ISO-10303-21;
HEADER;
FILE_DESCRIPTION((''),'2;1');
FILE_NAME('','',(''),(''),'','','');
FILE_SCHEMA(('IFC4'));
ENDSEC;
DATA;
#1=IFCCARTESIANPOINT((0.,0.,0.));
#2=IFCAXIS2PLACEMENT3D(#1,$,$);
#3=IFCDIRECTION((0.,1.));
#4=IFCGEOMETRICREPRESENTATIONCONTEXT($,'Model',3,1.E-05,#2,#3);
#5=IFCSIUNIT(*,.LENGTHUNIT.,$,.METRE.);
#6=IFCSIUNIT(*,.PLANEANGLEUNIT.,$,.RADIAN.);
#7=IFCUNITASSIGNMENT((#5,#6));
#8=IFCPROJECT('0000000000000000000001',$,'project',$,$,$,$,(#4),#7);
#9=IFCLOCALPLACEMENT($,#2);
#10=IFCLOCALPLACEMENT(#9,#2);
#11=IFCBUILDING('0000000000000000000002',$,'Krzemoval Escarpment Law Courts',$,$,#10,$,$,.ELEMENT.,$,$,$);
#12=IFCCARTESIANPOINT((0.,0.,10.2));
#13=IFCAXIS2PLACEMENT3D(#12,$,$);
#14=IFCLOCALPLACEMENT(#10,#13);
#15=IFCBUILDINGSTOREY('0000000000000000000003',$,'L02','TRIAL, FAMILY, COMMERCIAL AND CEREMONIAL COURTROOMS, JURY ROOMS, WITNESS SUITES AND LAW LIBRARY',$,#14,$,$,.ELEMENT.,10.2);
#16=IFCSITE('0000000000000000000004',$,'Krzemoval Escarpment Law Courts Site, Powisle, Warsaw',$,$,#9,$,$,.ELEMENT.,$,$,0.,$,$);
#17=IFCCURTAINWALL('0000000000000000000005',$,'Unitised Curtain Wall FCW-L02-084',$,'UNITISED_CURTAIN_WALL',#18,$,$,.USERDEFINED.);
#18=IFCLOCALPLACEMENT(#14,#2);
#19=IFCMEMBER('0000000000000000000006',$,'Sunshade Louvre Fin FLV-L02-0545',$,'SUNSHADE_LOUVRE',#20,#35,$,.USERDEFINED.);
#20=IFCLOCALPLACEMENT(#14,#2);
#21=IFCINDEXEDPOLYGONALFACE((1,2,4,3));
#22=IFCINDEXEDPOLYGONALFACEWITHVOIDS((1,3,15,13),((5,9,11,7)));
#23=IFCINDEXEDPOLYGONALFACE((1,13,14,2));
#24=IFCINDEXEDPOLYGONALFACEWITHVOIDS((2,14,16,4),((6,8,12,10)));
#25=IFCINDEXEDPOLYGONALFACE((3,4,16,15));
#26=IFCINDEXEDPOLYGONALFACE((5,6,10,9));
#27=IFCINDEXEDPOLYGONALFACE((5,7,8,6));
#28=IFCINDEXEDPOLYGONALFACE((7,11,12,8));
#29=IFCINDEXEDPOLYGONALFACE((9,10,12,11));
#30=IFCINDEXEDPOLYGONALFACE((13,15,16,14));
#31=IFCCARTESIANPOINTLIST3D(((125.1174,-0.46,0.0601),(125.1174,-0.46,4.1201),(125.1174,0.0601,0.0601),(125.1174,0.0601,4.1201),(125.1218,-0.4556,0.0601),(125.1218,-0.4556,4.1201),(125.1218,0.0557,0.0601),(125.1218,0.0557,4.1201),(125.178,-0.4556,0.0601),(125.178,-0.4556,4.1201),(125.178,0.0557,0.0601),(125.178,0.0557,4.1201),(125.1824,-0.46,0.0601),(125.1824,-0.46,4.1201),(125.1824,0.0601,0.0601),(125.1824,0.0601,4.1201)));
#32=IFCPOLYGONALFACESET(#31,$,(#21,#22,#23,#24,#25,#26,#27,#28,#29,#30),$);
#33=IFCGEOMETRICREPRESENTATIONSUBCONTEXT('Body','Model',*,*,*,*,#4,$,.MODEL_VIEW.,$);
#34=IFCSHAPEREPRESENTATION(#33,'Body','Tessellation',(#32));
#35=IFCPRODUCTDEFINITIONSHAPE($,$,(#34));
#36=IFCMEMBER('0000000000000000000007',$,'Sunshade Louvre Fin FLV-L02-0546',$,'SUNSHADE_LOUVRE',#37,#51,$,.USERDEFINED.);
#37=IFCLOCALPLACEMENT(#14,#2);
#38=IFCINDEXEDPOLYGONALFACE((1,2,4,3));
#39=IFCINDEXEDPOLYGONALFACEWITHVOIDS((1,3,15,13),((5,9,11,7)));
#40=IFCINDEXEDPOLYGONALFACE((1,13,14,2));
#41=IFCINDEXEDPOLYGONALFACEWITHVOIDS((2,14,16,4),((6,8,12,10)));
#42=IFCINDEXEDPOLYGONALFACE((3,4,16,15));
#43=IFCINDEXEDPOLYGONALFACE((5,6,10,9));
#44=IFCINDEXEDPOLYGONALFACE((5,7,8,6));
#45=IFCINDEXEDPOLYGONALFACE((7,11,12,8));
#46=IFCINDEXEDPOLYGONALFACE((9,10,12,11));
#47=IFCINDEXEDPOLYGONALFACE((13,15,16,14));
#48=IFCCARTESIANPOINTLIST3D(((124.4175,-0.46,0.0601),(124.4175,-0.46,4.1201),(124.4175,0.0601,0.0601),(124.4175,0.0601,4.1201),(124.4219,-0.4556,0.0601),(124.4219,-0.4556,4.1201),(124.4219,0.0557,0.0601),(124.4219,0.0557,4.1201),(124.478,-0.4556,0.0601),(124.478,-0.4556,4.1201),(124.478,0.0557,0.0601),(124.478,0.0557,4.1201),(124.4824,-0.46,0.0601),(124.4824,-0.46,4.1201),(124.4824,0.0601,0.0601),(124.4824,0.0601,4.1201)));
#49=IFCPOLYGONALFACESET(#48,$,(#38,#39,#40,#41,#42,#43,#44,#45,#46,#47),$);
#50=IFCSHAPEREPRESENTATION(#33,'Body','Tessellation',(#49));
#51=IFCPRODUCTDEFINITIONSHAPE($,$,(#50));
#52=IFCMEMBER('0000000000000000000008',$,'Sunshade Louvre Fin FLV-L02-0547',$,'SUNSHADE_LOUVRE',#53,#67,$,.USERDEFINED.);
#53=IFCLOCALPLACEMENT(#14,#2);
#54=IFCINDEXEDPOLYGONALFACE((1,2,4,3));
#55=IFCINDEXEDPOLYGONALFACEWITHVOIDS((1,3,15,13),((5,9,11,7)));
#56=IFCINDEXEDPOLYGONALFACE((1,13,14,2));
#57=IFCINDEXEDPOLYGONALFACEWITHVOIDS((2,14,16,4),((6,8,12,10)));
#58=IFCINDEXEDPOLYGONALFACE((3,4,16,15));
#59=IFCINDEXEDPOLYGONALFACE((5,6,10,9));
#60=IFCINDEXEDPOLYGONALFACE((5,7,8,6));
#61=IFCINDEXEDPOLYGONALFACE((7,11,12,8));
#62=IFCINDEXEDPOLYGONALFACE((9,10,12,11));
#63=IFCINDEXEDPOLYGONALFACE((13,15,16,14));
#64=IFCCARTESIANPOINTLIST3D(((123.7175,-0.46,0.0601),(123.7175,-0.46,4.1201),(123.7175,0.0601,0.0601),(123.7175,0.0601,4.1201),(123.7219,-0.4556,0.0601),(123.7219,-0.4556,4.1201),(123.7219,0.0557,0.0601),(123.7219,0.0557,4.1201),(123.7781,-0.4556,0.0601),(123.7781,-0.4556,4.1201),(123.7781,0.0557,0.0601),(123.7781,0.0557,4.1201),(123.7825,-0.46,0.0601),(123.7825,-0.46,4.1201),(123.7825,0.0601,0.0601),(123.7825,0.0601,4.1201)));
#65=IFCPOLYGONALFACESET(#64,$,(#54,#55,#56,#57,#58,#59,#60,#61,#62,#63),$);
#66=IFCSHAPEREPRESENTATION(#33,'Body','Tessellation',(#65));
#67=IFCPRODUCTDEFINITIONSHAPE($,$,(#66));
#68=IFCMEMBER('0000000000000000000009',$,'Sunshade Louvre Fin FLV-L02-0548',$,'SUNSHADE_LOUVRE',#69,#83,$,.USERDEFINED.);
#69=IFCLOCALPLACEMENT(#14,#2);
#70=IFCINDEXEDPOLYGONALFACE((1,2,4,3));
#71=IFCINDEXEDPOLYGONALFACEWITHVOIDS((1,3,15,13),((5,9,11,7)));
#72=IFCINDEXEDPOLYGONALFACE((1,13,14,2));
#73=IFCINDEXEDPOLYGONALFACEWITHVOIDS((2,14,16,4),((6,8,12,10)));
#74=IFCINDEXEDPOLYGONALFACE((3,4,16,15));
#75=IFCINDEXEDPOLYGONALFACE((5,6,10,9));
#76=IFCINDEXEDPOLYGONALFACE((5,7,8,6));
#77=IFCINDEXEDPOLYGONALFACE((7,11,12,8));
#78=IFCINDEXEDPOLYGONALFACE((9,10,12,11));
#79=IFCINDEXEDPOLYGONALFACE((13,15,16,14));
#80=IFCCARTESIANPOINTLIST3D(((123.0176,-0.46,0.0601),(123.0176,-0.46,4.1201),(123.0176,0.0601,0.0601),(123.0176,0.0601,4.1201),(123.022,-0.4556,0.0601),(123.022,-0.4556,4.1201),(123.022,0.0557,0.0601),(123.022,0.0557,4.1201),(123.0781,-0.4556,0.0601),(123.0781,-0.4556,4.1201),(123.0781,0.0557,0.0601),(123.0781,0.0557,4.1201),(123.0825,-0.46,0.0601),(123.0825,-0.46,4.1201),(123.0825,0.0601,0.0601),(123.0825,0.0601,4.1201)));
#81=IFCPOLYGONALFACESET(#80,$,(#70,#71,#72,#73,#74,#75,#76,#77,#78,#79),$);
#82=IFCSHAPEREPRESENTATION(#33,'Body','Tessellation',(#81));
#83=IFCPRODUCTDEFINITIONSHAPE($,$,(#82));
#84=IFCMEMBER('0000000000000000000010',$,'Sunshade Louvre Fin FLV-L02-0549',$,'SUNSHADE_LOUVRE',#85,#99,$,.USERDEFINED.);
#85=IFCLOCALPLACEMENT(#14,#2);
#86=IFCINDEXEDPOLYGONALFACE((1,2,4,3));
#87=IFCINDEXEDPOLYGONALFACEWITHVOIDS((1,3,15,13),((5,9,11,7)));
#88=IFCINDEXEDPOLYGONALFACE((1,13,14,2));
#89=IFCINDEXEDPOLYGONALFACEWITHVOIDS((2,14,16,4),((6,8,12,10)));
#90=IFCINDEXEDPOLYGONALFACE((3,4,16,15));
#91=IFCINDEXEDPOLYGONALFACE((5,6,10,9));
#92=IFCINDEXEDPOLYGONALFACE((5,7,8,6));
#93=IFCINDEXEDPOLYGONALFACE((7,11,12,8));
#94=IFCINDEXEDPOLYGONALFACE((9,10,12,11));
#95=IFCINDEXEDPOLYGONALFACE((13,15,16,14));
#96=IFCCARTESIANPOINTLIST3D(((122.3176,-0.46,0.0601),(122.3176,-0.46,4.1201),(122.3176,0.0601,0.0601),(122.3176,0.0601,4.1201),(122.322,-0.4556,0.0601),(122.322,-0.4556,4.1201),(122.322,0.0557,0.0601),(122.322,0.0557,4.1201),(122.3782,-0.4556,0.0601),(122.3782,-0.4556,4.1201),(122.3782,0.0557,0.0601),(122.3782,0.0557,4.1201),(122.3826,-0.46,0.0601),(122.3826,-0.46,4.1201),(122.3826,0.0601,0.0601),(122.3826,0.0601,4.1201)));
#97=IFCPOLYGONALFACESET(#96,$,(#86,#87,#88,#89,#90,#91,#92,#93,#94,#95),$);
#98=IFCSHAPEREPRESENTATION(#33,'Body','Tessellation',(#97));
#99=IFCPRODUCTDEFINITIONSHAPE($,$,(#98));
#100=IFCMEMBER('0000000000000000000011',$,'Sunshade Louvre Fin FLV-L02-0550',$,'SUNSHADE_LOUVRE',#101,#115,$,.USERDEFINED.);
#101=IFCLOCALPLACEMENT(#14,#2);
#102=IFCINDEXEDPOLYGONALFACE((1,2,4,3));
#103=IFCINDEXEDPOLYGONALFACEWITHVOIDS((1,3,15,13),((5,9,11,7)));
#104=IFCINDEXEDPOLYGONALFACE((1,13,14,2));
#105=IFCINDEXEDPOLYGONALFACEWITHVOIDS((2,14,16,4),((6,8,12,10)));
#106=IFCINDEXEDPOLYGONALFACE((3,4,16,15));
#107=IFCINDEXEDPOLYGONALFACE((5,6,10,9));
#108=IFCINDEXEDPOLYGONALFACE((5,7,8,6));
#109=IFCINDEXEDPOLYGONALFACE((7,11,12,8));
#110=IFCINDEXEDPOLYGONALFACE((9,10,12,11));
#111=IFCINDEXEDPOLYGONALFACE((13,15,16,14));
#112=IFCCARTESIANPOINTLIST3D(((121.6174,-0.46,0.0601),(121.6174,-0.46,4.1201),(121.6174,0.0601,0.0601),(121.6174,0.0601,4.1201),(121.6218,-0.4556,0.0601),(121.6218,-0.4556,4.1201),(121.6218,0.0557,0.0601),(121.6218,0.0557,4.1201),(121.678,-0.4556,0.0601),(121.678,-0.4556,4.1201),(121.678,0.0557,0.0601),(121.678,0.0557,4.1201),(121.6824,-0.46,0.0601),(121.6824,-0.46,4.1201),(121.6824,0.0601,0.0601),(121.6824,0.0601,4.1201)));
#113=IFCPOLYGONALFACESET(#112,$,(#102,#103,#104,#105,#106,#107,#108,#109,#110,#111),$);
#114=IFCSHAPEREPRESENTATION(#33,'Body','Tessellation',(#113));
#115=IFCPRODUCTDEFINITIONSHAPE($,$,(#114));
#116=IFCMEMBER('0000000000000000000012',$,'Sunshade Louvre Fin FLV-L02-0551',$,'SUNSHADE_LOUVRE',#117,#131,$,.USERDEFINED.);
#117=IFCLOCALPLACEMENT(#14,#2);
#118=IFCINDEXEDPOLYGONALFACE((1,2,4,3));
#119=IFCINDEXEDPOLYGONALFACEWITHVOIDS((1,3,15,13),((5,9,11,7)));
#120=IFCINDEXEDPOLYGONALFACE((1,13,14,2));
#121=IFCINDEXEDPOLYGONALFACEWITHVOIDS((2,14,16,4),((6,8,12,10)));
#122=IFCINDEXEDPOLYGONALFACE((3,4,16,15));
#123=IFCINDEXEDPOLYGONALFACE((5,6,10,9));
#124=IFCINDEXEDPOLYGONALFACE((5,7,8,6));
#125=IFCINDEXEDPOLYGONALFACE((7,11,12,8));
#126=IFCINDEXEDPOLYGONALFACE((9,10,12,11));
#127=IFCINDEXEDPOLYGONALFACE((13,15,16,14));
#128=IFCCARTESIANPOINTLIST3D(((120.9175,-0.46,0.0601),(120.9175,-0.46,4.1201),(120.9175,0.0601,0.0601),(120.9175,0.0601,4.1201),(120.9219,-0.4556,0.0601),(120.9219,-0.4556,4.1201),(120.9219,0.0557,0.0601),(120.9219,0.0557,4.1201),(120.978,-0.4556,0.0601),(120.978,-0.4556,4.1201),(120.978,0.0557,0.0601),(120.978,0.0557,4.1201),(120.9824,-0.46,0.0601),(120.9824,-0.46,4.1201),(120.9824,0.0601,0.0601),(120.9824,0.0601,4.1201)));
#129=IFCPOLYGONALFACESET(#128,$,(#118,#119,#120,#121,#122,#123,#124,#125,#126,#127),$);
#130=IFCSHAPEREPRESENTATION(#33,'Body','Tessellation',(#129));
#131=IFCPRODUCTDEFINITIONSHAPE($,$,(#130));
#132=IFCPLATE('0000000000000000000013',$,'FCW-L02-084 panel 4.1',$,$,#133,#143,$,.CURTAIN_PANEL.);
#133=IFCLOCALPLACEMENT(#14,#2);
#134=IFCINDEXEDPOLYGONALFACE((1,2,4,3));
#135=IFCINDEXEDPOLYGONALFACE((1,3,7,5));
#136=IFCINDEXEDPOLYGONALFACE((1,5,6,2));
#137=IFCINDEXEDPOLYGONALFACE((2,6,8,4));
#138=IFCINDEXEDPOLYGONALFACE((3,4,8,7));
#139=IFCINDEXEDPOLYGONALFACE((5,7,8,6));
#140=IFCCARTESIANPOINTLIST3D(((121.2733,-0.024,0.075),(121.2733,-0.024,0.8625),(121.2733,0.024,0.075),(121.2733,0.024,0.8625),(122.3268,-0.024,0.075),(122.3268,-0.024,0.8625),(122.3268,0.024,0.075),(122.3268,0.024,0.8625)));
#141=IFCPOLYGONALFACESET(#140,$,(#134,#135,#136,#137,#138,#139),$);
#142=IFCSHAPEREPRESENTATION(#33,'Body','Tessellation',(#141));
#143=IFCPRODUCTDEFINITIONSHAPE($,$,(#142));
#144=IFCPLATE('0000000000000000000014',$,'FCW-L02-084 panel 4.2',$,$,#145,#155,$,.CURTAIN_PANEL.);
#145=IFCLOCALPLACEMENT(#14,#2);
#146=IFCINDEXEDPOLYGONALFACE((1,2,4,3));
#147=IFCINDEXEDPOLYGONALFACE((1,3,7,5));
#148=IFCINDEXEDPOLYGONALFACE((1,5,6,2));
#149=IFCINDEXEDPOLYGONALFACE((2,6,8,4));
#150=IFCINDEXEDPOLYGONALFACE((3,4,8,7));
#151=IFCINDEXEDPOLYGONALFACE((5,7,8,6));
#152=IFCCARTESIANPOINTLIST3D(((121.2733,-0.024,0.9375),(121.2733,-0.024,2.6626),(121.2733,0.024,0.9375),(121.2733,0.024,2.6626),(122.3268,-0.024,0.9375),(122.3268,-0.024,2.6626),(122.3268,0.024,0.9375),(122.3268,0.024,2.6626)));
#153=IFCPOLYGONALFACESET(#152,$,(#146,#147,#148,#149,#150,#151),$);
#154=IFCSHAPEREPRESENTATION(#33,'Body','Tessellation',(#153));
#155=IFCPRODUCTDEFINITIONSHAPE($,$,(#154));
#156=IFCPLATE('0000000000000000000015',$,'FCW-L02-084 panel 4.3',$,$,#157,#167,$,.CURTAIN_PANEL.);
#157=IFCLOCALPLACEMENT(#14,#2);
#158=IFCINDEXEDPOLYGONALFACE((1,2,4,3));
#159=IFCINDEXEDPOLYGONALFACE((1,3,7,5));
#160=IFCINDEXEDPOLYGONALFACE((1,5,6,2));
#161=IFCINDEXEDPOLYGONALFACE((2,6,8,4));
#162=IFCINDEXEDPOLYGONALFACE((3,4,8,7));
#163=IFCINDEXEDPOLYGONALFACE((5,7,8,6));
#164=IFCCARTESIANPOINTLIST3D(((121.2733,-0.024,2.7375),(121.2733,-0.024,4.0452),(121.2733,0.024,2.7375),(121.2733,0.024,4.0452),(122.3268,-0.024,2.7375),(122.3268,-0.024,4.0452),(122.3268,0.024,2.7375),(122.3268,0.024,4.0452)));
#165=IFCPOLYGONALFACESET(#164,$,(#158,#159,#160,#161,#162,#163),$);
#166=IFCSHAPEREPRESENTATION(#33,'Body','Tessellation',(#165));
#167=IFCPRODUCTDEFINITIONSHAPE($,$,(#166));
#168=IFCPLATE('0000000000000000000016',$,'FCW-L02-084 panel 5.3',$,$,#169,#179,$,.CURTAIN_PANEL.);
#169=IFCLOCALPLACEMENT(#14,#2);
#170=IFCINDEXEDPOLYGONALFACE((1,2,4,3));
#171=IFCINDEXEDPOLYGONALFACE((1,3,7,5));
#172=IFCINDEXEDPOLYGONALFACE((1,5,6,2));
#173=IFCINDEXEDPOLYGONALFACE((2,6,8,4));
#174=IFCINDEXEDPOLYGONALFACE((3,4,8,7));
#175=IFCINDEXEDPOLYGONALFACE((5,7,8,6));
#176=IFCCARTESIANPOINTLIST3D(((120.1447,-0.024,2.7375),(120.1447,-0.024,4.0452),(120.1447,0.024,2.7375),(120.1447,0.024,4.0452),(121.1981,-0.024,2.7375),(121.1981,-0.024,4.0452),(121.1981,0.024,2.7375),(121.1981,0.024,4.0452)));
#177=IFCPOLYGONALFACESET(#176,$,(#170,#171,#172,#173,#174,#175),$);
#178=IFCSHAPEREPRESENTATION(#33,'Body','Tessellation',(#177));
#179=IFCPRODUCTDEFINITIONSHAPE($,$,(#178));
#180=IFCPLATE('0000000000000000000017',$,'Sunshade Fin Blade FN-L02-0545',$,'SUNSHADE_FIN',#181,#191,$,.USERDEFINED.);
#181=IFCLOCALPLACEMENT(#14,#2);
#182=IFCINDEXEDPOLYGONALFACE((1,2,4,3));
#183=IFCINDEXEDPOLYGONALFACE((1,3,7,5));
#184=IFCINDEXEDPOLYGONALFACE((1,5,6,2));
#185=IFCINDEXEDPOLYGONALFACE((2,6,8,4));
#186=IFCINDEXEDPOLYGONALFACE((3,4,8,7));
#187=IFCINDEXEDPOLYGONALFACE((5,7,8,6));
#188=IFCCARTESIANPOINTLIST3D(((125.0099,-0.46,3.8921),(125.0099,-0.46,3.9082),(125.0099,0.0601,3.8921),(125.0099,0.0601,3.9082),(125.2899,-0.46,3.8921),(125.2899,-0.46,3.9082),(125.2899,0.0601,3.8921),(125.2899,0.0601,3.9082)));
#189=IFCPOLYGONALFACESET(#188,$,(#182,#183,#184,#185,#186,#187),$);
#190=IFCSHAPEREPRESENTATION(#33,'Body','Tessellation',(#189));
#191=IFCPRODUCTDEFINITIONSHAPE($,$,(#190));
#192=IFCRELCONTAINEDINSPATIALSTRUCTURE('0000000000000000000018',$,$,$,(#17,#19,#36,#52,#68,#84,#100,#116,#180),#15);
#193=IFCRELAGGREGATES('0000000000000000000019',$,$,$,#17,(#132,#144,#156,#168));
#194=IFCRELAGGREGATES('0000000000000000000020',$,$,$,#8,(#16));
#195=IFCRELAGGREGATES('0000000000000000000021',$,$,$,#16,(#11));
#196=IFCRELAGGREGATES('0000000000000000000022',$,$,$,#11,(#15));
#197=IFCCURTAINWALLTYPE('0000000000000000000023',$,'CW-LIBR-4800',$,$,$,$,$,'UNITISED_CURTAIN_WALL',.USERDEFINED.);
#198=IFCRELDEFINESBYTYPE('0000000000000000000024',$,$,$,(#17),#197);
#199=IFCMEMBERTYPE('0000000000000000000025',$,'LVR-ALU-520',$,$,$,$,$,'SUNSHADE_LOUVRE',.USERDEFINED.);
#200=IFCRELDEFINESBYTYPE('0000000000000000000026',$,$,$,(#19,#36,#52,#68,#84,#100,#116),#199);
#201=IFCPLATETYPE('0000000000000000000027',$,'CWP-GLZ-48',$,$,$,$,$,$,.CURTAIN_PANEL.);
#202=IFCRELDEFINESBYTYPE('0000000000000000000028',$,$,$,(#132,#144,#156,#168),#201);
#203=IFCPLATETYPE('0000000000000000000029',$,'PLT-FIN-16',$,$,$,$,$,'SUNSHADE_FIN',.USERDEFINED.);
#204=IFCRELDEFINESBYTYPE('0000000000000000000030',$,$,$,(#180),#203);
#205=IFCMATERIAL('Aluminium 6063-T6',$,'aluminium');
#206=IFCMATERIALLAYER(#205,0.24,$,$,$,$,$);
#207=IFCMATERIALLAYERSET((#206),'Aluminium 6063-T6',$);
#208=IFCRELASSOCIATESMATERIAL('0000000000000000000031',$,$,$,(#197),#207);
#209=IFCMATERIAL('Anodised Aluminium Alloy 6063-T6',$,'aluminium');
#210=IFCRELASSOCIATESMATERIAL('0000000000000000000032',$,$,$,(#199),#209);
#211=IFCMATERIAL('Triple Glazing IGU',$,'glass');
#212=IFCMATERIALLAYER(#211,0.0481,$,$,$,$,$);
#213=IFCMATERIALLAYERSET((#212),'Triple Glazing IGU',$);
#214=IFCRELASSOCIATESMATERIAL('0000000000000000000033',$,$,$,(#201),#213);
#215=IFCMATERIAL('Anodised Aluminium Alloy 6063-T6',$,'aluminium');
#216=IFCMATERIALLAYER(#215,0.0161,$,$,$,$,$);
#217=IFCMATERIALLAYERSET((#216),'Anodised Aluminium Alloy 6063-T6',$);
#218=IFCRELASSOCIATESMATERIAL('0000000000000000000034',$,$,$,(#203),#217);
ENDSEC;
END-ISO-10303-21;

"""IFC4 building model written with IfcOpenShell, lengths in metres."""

from ifc_helpers import new_model, si_unit, direction, frame, origin, origin_2d, place, context, subcontext, project, spatial, rectangle, hollow_rectangle, extrude, material, layer, layer_set, material_profile, profile_set, type_object, element, aggregate, save


model = new_model("IFC4")

# Units and contexts
model_context = context("Model", 3, precision=1e-05, world=origin(), true_north=direction((0.0, 1.0)))
body_context = subcontext(model_context, "Body", "Model", "MODEL_VIEW")
ifc_project = project(units=[si_unit("LENGTHUNIT", "METRE"), si_unit("PLANEANGLEUNIT", "RADIAN")], contexts=[model_context])

# Site, building, storey
site_placement = place(None, origin())
site = spatial("IfcSite", under=ifc_project, at=site_placement, Name="Krzemoval Escarpment Law Courts Site, Powisle, Warsaw", CompositionType="ELEMENT", RefElevation=0.0)
building_placement = place(site_placement, origin())
building = spatial("IfcBuilding", under=site, at=building_placement, Name="Krzemoval Escarpment Law Courts", CompositionType="ELEMENT")
storey_placement = place(building_placement, frame((0.0, 0.0, 10.2)))
storey = spatial("IfcBuildingStorey", under=building, at=storey_placement, Name="L02", Description="TRIAL, FAMILY, COMMERCIAL AND CEREMONIAL COURTROOMS, JURY ROOMS, WITNESS SUITES AND LAW LIBRARY", CompositionType="ELEMENT", Elevation=10.2)

# Curtain wall
ifc_material_1 = material(Name="Aluminium 6063-T6", Category="aluminium")
ifc_layer_1 = layer(ifc_material_1, 0.24)
ifc_layer_set_1 = layer_set([ifc_layer_1], Name="Aluminium 6063-T6")
curtain_wall_type = type_object("IfcCurtainWallType", Name="CW-LIBR-4800", ElementType="UNITISED_CURTAIN_WALL", PredefinedType="USERDEFINED", material=ifc_layer_set_1)
curtain_wall_placement = place(storey_placement, origin())
curtain_wall = element("IfcCurtainWall", 1, at=curtain_wall_placement, inside=storey, type_object=curtain_wall_type, Name="Unitised Curtain Wall FCW-L02-084", ObjectType="UNITISED_CURTAIN_WALL", PredefinedType="USERDEFINED")

# Members
ifc_material_2 = material(Name="Anodised Aluminium Alloy 6063-T6", Category="aluminium")
ifc_material_profile_1 = material_profile(ifc_material_2, hollow_rectangle(XDim=0.0649, YDim=0.52, WallThickness=0.0044, at=origin_2d()), Name="ALU LVR 65x520")
ifc_profile_set_1 = profile_set([ifc_material_profile_1], Name="Anodised Aluminium Alloy 6063-T6")
member_type_1 = type_object("IfcMemberType", Name="LVR-ALU-520", ElementType="SUNSHADE_LOUVRE", PredefinedType="USERDEFINED", material=ifc_profile_set_1)
for number, where, z_axis, x_axis, name in (
    (2, (125.1499, -0.2, 0.0601), (0.0, 0.0, 1.0), (1.0, 0.0, 0.0), "Sunshade Louvre Fin FLV-L02-0545"),
    (3, (124.45, -0.2, 0.0601), (0.0, 0.0, 1.0), (1.0, 0.0, 0.0), "Sunshade Louvre Fin FLV-L02-0546"),
    (4, (123.75, -0.2, 0.0601), (0.0, 0.0, 1.0), (1.0, 0.0, 0.0), "Sunshade Louvre Fin FLV-L02-0547"),
    (5, (123.05, -0.2, 0.0601), (0.0, 0.0, 1.0), (1.0, 0.0, 0.0), "Sunshade Louvre Fin FLV-L02-0548"),
    (6, (122.3501, -0.2, 0.0601), (0.0, 0.0, 1.0), (1.0, 0.0, 0.0), "Sunshade Louvre Fin FLV-L02-0549"),
    (7, (121.6499, -0.2, 0.0601), (0.0, 0.0, 1.0), (1.0, 0.0, 0.0), "Sunshade Louvre Fin FLV-L02-0550"),
    (8, (120.95, -0.2, 0.0601), (0.0, 0.0, 1.0), (1.0, 0.0, 0.0), "Sunshade Louvre Fin FLV-L02-0551"),
):
    element("IfcMember", number, at=place(storey_placement, frame(where, z_axis=z_axis, x_axis=x_axis)), inside=storey, type_object=member_type_1, Name=name, ObjectType="SUNSHADE_LOUVRE", PredefinedType="USERDEFINED", context=body_context, shape_type="SweptSolid", body=[
        extrude(hollow_rectangle(XDim=0.0649, YDim=0.52, WallThickness=0.0044, at=origin_2d()), origin(), (0.0, 0.0, 1.0), 4.0601),
    ])

# Plates
ifc_material_3 = material(Name="Triple Glazing IGU", Category="glass")
ifc_layer_2 = layer(ifc_material_3, 0.0481)
ifc_layer_set_2 = layer_set([ifc_layer_2], Name="Triple Glazing IGU")
plate_type_1 = type_object("IfcPlateType", Name="CWP-GLZ-48", PredefinedType="CURTAIN_PANEL", material=ifc_layer_set_2)
plate_1_placement = place(storey_placement, frame((121.8, 0.0, 0.075), z_axis=(0.0, 0.0, 1.0), x_axis=(-1.0, 0.0, 0.0)))
plate_1 = element("IfcPlate", 9, at=plate_1_placement, type_object=plate_type_1, Name="FCW-L02-084 panel 4.1", PredefinedType="CURTAIN_PANEL", context=body_context, shape_type="SweptSolid", body=[
    extrude(rectangle(XDim=1.0535, YDim=0.0481, at=origin_2d()), origin(), (0.0, 0.0, 1.0), 0.7876),
])
plate_2_placement = place(storey_placement, frame((121.8, 0.0, 0.9375), z_axis=(0.0, 0.0, 1.0), x_axis=(-1.0, 0.0, 0.0)))
plate_2 = element("IfcPlate", 10, at=plate_2_placement, type_object=plate_type_1, Name="FCW-L02-084 panel 4.2", PredefinedType="CURTAIN_PANEL", context=body_context, shape_type="SweptSolid", body=[
    extrude(rectangle(XDim=1.0535, YDim=0.0481, at=origin_2d()), origin(), (0.0, 0.0, 1.0), 1.7251),
])
plate_3_placement = place(storey_placement, frame((121.8, 0.0, 2.7375), z_axis=(0.0, 0.0, 1.0), x_axis=(-1.0, 0.0, 0.0)))
plate_3 = element("IfcPlate", 11, at=plate_3_placement, type_object=plate_type_1, Name="FCW-L02-084 panel 4.3", PredefinedType="CURTAIN_PANEL", context=body_context, shape_type="SweptSolid", body=[
    extrude(rectangle(XDim=1.0535, YDim=0.0481, at=origin_2d()), origin(), (0.0, 0.0, 1.0), 1.3076),
])
plate_4_placement = place(storey_placement, frame((120.6714, 0.0, 2.7375), z_axis=(0.0, 0.0, 1.0), x_axis=(-1.0, 0.0, 0.0)))
plate_4 = element("IfcPlate", 12, at=plate_4_placement, type_object=plate_type_1, Name="FCW-L02-084 panel 5.3", PredefinedType="CURTAIN_PANEL", context=body_context, shape_type="SweptSolid", body=[
    extrude(rectangle(XDim=1.0535, YDim=0.0481, at=origin_2d()), origin(), (0.0, 0.0, 1.0), 1.3076),
])
aggregate(curtain_wall, [plate_1, plate_2, plate_3, plate_4])
ifc_material_4 = material(Name="Anodised Aluminium Alloy 6063-T6", Category="aluminium")
ifc_layer_3 = layer(ifc_material_4, 0.0161)
ifc_layer_set_3 = layer_set([ifc_layer_3], Name="Anodised Aluminium Alloy 6063-T6")
plate_type_2 = type_object("IfcPlateType", Name="PLT-FIN-16", ElementType="SUNSHADE_FIN", PredefinedType="USERDEFINED", material=ifc_layer_set_3)
plate_5_placement = place(storey_placement, frame((125.1499, -0.2, 3.8921), z_axis=(0.0, 0.0, 1.0), x_axis=(0.0, -1.0, 0.0)))
element("IfcPlate", 13, at=plate_5_placement, inside=storey, type_object=plate_type_2, Name="Sunshade Fin Blade FN-L02-0545", ObjectType="SUNSHADE_FIN", PredefinedType="USERDEFINED", context=body_context, shape_type="SweptSolid", body=[
    extrude(rectangle(XDim=0.52, YDim=0.28, at=origin_2d()), origin(), (0.0, 0.0, 1.0), 0.0161),
])

save(model, "model.ifc")
